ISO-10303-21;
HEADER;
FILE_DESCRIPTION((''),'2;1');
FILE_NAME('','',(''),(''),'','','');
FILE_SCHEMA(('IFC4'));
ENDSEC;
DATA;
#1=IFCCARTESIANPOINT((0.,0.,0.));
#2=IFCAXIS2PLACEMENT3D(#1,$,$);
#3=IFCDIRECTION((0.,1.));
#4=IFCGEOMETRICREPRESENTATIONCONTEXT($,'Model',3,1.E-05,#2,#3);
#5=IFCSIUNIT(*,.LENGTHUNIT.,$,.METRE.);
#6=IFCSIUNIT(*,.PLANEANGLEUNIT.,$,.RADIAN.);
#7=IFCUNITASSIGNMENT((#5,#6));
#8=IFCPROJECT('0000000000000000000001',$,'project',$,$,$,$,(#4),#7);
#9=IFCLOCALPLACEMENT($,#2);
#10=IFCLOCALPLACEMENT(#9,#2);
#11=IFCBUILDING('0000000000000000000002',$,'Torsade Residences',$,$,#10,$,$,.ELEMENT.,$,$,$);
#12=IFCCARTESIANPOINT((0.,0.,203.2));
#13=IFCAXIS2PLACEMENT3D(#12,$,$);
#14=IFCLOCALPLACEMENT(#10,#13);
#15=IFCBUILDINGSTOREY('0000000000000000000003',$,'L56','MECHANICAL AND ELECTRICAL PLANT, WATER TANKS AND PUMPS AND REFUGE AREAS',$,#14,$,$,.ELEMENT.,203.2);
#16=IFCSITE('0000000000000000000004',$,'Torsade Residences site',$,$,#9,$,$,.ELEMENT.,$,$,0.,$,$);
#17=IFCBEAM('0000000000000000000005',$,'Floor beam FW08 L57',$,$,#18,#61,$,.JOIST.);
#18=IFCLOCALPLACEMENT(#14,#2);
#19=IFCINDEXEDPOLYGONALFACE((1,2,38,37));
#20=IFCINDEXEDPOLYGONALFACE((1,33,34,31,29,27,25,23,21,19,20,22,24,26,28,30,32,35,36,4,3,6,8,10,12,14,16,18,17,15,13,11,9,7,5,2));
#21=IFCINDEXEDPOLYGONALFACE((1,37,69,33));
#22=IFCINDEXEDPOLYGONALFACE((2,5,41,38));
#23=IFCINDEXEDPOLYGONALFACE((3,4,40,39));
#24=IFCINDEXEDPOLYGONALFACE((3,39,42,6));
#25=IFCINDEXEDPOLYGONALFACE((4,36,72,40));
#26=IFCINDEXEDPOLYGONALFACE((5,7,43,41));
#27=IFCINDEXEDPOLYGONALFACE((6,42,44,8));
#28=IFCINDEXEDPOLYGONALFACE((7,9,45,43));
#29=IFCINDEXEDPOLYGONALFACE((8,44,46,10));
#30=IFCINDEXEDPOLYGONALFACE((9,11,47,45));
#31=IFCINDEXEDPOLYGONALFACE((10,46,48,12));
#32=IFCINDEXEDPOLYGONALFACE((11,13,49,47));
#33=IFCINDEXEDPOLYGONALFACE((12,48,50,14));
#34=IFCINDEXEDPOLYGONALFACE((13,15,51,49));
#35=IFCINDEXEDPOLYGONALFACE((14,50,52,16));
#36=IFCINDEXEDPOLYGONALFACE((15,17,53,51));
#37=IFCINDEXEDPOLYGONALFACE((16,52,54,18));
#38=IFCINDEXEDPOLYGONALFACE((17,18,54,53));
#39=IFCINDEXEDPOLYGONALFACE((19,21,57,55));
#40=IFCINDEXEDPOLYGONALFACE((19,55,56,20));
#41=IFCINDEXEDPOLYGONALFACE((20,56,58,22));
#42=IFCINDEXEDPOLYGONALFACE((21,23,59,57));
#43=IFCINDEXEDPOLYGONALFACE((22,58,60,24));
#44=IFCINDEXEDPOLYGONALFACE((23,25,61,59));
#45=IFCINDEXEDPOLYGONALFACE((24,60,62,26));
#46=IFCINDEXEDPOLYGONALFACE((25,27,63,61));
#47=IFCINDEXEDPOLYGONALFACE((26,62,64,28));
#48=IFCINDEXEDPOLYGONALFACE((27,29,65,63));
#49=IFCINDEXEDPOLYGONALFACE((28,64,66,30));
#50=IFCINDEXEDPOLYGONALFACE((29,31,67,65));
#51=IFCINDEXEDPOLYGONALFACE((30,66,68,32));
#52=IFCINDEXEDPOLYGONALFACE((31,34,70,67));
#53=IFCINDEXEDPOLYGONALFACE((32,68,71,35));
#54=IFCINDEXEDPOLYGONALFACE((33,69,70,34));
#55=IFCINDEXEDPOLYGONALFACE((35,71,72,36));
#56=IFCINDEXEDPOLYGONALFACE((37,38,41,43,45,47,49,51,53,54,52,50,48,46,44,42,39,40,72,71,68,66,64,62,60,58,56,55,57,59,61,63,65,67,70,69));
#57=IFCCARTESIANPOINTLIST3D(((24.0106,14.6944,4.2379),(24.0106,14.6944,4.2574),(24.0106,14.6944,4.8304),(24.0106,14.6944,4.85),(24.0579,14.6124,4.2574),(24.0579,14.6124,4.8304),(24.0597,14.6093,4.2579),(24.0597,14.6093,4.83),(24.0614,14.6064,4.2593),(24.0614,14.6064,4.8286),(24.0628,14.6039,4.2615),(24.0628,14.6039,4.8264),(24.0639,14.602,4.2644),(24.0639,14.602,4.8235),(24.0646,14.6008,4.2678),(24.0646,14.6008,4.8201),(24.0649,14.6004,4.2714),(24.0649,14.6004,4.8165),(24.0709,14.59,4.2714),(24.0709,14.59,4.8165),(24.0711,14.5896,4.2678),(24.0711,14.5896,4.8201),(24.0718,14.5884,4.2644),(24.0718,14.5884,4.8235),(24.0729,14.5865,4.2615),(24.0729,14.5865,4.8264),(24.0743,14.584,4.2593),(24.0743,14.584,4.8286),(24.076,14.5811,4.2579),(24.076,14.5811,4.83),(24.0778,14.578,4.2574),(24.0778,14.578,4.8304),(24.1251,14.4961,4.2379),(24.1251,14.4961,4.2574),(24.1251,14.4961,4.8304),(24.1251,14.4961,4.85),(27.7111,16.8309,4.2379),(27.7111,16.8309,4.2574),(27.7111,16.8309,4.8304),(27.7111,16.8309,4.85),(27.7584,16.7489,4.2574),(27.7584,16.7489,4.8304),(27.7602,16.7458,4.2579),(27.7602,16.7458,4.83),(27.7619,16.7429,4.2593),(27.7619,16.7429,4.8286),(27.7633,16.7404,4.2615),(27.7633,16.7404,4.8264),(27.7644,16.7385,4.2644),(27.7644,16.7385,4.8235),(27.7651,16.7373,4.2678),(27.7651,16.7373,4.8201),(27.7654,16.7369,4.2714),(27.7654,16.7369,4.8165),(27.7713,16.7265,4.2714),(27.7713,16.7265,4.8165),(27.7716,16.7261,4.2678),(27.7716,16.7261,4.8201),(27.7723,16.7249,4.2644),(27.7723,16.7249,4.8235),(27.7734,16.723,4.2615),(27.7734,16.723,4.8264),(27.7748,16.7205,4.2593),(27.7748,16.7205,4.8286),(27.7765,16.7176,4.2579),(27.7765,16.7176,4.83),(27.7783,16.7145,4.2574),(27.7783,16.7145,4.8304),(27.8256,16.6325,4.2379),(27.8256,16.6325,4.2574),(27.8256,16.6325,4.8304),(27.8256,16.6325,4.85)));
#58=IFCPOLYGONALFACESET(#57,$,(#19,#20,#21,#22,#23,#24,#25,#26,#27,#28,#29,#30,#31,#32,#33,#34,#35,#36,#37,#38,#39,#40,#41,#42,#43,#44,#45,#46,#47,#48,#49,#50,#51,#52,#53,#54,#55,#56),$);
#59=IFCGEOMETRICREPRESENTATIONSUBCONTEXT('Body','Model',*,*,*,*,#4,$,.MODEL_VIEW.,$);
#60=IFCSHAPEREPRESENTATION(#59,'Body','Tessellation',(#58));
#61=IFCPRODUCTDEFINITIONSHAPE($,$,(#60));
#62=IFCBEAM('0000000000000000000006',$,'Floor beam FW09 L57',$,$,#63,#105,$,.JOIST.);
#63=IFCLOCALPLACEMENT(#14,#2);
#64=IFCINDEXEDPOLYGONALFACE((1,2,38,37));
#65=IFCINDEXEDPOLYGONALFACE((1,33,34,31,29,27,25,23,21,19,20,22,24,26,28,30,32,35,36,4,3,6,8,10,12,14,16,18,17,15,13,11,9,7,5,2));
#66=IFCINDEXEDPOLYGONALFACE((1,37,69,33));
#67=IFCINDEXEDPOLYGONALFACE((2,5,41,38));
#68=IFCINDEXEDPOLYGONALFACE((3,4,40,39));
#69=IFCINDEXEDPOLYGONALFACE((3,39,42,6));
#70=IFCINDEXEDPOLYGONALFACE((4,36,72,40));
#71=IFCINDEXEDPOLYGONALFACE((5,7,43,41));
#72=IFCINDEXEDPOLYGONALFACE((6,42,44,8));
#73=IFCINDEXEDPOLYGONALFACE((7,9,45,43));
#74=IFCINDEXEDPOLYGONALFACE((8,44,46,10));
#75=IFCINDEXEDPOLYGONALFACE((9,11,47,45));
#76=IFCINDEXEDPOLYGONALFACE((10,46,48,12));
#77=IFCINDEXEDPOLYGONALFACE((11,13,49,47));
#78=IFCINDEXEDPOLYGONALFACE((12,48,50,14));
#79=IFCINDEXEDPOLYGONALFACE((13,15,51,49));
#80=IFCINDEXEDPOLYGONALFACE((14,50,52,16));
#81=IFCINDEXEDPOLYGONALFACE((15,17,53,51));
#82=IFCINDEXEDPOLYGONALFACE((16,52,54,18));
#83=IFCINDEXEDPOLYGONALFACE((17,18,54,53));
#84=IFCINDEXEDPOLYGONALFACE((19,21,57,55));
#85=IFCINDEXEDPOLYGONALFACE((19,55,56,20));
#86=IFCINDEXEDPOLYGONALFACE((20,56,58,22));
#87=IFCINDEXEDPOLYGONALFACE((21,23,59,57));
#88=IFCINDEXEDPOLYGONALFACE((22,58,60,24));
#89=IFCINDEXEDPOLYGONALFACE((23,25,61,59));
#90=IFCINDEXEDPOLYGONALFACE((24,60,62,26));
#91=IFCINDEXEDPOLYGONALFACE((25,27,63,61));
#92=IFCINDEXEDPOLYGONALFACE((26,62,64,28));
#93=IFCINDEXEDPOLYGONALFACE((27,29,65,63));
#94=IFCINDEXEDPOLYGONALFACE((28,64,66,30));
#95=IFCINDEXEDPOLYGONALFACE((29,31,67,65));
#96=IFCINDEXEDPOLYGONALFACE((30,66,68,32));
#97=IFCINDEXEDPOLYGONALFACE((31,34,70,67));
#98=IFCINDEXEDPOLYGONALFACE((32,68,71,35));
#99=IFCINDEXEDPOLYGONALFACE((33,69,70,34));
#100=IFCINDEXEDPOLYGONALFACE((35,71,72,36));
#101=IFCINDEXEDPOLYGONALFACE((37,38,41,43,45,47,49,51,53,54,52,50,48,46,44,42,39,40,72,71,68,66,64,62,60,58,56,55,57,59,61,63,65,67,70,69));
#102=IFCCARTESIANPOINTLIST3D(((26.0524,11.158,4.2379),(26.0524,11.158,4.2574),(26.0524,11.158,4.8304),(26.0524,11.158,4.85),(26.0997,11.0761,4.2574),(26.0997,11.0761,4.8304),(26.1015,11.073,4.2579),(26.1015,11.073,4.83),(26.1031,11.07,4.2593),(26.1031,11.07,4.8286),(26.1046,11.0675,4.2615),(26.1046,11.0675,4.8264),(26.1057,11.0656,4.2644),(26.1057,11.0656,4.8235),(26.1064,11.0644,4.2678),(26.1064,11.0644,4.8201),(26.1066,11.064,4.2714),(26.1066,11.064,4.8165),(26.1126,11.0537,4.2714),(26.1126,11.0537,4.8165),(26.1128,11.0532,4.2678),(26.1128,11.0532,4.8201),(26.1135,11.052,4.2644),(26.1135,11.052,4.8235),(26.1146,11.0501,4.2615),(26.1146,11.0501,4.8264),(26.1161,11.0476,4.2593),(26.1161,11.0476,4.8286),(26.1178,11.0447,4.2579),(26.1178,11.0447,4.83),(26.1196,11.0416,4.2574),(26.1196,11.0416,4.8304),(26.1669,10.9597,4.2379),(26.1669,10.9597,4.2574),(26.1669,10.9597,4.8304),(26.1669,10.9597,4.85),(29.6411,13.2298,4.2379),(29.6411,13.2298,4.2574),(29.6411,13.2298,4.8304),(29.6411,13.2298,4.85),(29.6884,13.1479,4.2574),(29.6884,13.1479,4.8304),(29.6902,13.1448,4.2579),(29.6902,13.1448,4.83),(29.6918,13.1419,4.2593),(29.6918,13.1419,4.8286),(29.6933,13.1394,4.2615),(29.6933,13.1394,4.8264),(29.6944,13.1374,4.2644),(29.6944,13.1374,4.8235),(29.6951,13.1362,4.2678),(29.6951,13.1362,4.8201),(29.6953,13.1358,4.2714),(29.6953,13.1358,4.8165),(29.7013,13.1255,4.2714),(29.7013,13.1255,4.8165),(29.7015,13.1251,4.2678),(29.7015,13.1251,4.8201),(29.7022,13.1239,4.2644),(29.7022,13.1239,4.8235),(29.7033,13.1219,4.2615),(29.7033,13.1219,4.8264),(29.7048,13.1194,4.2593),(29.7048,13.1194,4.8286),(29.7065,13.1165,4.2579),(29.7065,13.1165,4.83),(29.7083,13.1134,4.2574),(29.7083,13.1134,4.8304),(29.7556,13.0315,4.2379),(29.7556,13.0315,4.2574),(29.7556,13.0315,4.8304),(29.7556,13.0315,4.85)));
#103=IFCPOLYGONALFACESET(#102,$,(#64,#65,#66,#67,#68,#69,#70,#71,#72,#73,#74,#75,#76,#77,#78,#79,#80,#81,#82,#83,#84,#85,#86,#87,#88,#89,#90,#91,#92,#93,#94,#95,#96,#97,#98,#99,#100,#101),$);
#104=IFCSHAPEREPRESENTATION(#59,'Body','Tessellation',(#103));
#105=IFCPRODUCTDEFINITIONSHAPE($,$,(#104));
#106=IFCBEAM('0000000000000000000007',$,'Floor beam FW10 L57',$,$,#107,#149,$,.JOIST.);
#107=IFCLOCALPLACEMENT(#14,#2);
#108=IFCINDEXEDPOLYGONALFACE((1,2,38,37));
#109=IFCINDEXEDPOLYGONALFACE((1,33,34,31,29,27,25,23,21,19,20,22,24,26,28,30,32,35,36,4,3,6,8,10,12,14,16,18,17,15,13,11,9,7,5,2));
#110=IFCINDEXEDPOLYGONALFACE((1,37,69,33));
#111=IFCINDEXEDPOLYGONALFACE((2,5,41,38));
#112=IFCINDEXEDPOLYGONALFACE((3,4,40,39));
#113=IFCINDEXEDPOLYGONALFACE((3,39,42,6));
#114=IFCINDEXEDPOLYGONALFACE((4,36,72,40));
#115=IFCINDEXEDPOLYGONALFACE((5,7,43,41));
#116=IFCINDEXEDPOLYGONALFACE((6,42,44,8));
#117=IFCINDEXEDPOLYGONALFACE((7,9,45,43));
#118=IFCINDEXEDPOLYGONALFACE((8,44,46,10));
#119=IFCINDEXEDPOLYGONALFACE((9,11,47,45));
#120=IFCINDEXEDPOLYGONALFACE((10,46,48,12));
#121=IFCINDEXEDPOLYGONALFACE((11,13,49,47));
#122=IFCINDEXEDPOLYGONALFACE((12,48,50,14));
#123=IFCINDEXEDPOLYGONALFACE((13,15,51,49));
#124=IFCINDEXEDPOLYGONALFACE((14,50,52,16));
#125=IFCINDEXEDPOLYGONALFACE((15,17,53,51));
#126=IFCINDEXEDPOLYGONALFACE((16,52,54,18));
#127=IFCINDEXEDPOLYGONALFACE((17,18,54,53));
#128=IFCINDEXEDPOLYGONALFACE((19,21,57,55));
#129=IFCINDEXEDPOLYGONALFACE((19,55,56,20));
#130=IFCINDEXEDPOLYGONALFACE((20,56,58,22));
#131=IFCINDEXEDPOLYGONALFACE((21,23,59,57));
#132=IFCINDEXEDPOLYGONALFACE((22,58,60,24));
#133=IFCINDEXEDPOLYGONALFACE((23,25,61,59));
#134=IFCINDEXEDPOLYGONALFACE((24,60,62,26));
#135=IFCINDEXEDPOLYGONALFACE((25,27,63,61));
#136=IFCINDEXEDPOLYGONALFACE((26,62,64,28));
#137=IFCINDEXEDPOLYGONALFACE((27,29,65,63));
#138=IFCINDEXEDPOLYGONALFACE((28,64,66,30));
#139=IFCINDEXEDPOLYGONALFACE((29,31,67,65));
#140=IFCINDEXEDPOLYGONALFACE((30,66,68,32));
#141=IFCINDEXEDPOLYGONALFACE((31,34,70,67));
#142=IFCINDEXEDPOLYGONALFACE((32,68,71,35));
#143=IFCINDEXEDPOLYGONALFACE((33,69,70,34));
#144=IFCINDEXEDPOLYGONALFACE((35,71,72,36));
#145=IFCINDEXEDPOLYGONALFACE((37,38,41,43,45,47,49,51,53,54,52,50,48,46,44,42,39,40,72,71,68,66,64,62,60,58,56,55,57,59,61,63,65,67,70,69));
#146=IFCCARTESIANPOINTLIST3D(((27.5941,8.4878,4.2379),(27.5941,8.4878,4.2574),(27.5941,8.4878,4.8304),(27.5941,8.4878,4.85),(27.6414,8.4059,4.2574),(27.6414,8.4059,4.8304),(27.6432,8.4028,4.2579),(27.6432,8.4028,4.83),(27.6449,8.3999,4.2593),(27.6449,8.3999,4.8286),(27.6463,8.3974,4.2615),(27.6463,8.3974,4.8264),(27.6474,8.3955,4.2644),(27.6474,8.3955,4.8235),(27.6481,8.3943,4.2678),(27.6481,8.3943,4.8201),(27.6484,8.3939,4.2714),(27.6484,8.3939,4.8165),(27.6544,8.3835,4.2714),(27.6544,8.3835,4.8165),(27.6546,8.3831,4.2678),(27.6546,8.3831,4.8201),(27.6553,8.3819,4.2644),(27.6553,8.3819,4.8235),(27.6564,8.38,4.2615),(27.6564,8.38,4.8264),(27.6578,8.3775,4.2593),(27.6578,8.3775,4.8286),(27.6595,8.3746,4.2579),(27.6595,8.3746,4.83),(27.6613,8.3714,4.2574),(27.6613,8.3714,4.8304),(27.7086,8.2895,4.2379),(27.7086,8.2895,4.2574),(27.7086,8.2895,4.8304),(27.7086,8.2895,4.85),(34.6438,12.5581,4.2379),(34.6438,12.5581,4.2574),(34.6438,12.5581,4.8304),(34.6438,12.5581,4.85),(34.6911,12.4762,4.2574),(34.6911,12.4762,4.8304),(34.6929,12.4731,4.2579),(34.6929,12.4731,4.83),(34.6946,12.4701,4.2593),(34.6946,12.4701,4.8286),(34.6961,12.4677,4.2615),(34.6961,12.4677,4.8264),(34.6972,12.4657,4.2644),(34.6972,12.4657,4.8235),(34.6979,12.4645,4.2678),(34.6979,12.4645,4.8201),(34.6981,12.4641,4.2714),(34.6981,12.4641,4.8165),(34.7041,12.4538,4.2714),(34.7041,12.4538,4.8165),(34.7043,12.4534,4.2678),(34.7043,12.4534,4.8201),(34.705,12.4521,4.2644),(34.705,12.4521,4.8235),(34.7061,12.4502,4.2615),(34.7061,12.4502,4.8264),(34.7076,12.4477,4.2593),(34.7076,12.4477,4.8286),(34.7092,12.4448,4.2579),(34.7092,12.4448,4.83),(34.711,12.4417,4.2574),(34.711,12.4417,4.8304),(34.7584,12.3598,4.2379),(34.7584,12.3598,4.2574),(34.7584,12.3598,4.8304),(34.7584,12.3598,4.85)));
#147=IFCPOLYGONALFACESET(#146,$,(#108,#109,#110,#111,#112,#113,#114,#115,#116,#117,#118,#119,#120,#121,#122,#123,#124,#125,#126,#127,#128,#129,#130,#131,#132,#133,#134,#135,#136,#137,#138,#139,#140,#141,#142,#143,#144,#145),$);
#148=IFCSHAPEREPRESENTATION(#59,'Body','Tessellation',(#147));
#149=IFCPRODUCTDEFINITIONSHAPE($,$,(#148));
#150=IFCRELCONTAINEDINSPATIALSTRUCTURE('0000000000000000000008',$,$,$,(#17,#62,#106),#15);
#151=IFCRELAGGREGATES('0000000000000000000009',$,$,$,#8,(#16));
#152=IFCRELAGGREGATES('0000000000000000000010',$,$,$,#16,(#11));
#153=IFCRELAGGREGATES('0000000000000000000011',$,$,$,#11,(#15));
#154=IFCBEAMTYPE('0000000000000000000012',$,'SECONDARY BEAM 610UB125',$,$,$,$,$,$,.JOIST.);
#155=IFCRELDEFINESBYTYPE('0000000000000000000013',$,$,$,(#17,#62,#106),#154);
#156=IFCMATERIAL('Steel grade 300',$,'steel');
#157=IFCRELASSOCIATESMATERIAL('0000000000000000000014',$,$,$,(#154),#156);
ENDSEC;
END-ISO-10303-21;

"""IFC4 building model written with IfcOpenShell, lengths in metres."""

from ifc_helpers import new_model, si_unit, direction, frame, origin, origin_2d, place, context, subcontext, project, spatial, i_section, extrude, material, material_profile, profile_set, type_object, element, save


model = new_model("IFC4")

# Units and contexts
model_context = context("Model", 3, precision=1e-05, world=origin(), true_north=direction((0.0, 1.0)))
body_context = subcontext(model_context, "Body", "Model", "MODEL_VIEW")
ifc_project = project(units=[si_unit("LENGTHUNIT", "METRE"), si_unit("PLANEANGLEUNIT", "RADIAN")], contexts=[model_context])

# Site, building, storey
site_placement = place(None, origin())
site = spatial("IfcSite", under=ifc_project, at=site_placement, Name="Torsade Residences site", CompositionType="ELEMENT", RefElevation=0.0)
building_placement = place(site_placement, origin())
building = spatial("IfcBuilding", under=site, at=building_placement, Name="Torsade Residences", CompositionType="ELEMENT")
storey_placement = place(building_placement, frame((0.0, 0.0, 203.2)))
storey = spatial("IfcBuildingStorey", under=building, at=storey_placement, Name="L56", Description="MECHANICAL AND ELECTRICAL PLANT, WATER TANKS AND PUMPS AND REFUGE AREAS", CompositionType="ELEMENT", Elevation=203.2)

# Beams
ifc_material_1 = material(Name="Steel grade 300", Category="steel")
ifc_material_profile_1 = material_profile(ifc_material_1, i_section(OverallWidth=0.229, OverallDepth=0.6121, WebThickness=0.012, FlangeThickness=0.0195, FilletRadius=0.0139, at=origin_2d()), Name="610UB125")
ifc_profile_set_1 = profile_set([ifc_material_profile_1], Name="Steel grade 300")
beam_type_1 = type_object("IfcBeamType", Name="SECONDARY BEAM 610UB125", PredefinedType="JOIST", material=ifc_profile_set_1)
beam_1_placement = place(storey_placement, frame((24.0679, 14.5952, 4.5439), z_axis=(0.866023, 0.500004, 0.0), x_axis=(-0.500004, 0.866023, 0.0)))
element("IfcBeam", 1, at=beam_1_placement, inside=storey, type_object=beam_type_1, Name="Floor beam FW08 L57", PredefinedType="JOIST", context=body_context, shape_type="SweptSolid", body=[
    extrude(i_section(OverallWidth=0.229, OverallDepth=0.6121, WebThickness=0.012, FlangeThickness=0.0195, FilletRadius=0.0139, at=origin_2d()), origin(), (0.0, 0.0, 1.0), 4.2729),
])
beam_2_placement = place(storey_placement, frame((26.1096, 11.0588, 4.5439), z_axis=(0.866037, 0.499979, 0.0), x_axis=(-0.499979, 0.866037, 0.0)))
element("IfcBeam", 2, at=beam_2_placement, inside=storey, type_object=beam_type_1, Name="Floor beam FW09 L57", PredefinedType="JOIST", context=body_context, shape_type="SweptSolid", body=[
    extrude(i_section(OverallWidth=0.229, OverallDepth=0.6121, WebThickness=0.012, FlangeThickness=0.0195, FilletRadius=0.0139, at=origin_2d()), origin(), (0.0, 0.0, 1.0), 4.1438),
])
beam_3_placement = place(storey_placement, frame((27.6514, 8.3887, 4.5439), z_axis=(0.86602, 0.50001, 0.0), x_axis=(-0.50001, 0.86602, 0.0)))
element("IfcBeam", 3, at=beam_3_placement, inside=storey, type_object=beam_type_1, Name="Floor beam FW10 L57", PredefinedType="JOIST", context=body_context, shape_type="SweptSolid", body=[
    extrude(i_section(OverallWidth=0.229, OverallDepth=0.6121, WebThickness=0.012, FlangeThickness=0.0195, FilletRadius=0.0139, at=origin_2d()), origin(), (0.0, 0.0, 1.0), 8.1404),
])

save(model, "model.ifc")
